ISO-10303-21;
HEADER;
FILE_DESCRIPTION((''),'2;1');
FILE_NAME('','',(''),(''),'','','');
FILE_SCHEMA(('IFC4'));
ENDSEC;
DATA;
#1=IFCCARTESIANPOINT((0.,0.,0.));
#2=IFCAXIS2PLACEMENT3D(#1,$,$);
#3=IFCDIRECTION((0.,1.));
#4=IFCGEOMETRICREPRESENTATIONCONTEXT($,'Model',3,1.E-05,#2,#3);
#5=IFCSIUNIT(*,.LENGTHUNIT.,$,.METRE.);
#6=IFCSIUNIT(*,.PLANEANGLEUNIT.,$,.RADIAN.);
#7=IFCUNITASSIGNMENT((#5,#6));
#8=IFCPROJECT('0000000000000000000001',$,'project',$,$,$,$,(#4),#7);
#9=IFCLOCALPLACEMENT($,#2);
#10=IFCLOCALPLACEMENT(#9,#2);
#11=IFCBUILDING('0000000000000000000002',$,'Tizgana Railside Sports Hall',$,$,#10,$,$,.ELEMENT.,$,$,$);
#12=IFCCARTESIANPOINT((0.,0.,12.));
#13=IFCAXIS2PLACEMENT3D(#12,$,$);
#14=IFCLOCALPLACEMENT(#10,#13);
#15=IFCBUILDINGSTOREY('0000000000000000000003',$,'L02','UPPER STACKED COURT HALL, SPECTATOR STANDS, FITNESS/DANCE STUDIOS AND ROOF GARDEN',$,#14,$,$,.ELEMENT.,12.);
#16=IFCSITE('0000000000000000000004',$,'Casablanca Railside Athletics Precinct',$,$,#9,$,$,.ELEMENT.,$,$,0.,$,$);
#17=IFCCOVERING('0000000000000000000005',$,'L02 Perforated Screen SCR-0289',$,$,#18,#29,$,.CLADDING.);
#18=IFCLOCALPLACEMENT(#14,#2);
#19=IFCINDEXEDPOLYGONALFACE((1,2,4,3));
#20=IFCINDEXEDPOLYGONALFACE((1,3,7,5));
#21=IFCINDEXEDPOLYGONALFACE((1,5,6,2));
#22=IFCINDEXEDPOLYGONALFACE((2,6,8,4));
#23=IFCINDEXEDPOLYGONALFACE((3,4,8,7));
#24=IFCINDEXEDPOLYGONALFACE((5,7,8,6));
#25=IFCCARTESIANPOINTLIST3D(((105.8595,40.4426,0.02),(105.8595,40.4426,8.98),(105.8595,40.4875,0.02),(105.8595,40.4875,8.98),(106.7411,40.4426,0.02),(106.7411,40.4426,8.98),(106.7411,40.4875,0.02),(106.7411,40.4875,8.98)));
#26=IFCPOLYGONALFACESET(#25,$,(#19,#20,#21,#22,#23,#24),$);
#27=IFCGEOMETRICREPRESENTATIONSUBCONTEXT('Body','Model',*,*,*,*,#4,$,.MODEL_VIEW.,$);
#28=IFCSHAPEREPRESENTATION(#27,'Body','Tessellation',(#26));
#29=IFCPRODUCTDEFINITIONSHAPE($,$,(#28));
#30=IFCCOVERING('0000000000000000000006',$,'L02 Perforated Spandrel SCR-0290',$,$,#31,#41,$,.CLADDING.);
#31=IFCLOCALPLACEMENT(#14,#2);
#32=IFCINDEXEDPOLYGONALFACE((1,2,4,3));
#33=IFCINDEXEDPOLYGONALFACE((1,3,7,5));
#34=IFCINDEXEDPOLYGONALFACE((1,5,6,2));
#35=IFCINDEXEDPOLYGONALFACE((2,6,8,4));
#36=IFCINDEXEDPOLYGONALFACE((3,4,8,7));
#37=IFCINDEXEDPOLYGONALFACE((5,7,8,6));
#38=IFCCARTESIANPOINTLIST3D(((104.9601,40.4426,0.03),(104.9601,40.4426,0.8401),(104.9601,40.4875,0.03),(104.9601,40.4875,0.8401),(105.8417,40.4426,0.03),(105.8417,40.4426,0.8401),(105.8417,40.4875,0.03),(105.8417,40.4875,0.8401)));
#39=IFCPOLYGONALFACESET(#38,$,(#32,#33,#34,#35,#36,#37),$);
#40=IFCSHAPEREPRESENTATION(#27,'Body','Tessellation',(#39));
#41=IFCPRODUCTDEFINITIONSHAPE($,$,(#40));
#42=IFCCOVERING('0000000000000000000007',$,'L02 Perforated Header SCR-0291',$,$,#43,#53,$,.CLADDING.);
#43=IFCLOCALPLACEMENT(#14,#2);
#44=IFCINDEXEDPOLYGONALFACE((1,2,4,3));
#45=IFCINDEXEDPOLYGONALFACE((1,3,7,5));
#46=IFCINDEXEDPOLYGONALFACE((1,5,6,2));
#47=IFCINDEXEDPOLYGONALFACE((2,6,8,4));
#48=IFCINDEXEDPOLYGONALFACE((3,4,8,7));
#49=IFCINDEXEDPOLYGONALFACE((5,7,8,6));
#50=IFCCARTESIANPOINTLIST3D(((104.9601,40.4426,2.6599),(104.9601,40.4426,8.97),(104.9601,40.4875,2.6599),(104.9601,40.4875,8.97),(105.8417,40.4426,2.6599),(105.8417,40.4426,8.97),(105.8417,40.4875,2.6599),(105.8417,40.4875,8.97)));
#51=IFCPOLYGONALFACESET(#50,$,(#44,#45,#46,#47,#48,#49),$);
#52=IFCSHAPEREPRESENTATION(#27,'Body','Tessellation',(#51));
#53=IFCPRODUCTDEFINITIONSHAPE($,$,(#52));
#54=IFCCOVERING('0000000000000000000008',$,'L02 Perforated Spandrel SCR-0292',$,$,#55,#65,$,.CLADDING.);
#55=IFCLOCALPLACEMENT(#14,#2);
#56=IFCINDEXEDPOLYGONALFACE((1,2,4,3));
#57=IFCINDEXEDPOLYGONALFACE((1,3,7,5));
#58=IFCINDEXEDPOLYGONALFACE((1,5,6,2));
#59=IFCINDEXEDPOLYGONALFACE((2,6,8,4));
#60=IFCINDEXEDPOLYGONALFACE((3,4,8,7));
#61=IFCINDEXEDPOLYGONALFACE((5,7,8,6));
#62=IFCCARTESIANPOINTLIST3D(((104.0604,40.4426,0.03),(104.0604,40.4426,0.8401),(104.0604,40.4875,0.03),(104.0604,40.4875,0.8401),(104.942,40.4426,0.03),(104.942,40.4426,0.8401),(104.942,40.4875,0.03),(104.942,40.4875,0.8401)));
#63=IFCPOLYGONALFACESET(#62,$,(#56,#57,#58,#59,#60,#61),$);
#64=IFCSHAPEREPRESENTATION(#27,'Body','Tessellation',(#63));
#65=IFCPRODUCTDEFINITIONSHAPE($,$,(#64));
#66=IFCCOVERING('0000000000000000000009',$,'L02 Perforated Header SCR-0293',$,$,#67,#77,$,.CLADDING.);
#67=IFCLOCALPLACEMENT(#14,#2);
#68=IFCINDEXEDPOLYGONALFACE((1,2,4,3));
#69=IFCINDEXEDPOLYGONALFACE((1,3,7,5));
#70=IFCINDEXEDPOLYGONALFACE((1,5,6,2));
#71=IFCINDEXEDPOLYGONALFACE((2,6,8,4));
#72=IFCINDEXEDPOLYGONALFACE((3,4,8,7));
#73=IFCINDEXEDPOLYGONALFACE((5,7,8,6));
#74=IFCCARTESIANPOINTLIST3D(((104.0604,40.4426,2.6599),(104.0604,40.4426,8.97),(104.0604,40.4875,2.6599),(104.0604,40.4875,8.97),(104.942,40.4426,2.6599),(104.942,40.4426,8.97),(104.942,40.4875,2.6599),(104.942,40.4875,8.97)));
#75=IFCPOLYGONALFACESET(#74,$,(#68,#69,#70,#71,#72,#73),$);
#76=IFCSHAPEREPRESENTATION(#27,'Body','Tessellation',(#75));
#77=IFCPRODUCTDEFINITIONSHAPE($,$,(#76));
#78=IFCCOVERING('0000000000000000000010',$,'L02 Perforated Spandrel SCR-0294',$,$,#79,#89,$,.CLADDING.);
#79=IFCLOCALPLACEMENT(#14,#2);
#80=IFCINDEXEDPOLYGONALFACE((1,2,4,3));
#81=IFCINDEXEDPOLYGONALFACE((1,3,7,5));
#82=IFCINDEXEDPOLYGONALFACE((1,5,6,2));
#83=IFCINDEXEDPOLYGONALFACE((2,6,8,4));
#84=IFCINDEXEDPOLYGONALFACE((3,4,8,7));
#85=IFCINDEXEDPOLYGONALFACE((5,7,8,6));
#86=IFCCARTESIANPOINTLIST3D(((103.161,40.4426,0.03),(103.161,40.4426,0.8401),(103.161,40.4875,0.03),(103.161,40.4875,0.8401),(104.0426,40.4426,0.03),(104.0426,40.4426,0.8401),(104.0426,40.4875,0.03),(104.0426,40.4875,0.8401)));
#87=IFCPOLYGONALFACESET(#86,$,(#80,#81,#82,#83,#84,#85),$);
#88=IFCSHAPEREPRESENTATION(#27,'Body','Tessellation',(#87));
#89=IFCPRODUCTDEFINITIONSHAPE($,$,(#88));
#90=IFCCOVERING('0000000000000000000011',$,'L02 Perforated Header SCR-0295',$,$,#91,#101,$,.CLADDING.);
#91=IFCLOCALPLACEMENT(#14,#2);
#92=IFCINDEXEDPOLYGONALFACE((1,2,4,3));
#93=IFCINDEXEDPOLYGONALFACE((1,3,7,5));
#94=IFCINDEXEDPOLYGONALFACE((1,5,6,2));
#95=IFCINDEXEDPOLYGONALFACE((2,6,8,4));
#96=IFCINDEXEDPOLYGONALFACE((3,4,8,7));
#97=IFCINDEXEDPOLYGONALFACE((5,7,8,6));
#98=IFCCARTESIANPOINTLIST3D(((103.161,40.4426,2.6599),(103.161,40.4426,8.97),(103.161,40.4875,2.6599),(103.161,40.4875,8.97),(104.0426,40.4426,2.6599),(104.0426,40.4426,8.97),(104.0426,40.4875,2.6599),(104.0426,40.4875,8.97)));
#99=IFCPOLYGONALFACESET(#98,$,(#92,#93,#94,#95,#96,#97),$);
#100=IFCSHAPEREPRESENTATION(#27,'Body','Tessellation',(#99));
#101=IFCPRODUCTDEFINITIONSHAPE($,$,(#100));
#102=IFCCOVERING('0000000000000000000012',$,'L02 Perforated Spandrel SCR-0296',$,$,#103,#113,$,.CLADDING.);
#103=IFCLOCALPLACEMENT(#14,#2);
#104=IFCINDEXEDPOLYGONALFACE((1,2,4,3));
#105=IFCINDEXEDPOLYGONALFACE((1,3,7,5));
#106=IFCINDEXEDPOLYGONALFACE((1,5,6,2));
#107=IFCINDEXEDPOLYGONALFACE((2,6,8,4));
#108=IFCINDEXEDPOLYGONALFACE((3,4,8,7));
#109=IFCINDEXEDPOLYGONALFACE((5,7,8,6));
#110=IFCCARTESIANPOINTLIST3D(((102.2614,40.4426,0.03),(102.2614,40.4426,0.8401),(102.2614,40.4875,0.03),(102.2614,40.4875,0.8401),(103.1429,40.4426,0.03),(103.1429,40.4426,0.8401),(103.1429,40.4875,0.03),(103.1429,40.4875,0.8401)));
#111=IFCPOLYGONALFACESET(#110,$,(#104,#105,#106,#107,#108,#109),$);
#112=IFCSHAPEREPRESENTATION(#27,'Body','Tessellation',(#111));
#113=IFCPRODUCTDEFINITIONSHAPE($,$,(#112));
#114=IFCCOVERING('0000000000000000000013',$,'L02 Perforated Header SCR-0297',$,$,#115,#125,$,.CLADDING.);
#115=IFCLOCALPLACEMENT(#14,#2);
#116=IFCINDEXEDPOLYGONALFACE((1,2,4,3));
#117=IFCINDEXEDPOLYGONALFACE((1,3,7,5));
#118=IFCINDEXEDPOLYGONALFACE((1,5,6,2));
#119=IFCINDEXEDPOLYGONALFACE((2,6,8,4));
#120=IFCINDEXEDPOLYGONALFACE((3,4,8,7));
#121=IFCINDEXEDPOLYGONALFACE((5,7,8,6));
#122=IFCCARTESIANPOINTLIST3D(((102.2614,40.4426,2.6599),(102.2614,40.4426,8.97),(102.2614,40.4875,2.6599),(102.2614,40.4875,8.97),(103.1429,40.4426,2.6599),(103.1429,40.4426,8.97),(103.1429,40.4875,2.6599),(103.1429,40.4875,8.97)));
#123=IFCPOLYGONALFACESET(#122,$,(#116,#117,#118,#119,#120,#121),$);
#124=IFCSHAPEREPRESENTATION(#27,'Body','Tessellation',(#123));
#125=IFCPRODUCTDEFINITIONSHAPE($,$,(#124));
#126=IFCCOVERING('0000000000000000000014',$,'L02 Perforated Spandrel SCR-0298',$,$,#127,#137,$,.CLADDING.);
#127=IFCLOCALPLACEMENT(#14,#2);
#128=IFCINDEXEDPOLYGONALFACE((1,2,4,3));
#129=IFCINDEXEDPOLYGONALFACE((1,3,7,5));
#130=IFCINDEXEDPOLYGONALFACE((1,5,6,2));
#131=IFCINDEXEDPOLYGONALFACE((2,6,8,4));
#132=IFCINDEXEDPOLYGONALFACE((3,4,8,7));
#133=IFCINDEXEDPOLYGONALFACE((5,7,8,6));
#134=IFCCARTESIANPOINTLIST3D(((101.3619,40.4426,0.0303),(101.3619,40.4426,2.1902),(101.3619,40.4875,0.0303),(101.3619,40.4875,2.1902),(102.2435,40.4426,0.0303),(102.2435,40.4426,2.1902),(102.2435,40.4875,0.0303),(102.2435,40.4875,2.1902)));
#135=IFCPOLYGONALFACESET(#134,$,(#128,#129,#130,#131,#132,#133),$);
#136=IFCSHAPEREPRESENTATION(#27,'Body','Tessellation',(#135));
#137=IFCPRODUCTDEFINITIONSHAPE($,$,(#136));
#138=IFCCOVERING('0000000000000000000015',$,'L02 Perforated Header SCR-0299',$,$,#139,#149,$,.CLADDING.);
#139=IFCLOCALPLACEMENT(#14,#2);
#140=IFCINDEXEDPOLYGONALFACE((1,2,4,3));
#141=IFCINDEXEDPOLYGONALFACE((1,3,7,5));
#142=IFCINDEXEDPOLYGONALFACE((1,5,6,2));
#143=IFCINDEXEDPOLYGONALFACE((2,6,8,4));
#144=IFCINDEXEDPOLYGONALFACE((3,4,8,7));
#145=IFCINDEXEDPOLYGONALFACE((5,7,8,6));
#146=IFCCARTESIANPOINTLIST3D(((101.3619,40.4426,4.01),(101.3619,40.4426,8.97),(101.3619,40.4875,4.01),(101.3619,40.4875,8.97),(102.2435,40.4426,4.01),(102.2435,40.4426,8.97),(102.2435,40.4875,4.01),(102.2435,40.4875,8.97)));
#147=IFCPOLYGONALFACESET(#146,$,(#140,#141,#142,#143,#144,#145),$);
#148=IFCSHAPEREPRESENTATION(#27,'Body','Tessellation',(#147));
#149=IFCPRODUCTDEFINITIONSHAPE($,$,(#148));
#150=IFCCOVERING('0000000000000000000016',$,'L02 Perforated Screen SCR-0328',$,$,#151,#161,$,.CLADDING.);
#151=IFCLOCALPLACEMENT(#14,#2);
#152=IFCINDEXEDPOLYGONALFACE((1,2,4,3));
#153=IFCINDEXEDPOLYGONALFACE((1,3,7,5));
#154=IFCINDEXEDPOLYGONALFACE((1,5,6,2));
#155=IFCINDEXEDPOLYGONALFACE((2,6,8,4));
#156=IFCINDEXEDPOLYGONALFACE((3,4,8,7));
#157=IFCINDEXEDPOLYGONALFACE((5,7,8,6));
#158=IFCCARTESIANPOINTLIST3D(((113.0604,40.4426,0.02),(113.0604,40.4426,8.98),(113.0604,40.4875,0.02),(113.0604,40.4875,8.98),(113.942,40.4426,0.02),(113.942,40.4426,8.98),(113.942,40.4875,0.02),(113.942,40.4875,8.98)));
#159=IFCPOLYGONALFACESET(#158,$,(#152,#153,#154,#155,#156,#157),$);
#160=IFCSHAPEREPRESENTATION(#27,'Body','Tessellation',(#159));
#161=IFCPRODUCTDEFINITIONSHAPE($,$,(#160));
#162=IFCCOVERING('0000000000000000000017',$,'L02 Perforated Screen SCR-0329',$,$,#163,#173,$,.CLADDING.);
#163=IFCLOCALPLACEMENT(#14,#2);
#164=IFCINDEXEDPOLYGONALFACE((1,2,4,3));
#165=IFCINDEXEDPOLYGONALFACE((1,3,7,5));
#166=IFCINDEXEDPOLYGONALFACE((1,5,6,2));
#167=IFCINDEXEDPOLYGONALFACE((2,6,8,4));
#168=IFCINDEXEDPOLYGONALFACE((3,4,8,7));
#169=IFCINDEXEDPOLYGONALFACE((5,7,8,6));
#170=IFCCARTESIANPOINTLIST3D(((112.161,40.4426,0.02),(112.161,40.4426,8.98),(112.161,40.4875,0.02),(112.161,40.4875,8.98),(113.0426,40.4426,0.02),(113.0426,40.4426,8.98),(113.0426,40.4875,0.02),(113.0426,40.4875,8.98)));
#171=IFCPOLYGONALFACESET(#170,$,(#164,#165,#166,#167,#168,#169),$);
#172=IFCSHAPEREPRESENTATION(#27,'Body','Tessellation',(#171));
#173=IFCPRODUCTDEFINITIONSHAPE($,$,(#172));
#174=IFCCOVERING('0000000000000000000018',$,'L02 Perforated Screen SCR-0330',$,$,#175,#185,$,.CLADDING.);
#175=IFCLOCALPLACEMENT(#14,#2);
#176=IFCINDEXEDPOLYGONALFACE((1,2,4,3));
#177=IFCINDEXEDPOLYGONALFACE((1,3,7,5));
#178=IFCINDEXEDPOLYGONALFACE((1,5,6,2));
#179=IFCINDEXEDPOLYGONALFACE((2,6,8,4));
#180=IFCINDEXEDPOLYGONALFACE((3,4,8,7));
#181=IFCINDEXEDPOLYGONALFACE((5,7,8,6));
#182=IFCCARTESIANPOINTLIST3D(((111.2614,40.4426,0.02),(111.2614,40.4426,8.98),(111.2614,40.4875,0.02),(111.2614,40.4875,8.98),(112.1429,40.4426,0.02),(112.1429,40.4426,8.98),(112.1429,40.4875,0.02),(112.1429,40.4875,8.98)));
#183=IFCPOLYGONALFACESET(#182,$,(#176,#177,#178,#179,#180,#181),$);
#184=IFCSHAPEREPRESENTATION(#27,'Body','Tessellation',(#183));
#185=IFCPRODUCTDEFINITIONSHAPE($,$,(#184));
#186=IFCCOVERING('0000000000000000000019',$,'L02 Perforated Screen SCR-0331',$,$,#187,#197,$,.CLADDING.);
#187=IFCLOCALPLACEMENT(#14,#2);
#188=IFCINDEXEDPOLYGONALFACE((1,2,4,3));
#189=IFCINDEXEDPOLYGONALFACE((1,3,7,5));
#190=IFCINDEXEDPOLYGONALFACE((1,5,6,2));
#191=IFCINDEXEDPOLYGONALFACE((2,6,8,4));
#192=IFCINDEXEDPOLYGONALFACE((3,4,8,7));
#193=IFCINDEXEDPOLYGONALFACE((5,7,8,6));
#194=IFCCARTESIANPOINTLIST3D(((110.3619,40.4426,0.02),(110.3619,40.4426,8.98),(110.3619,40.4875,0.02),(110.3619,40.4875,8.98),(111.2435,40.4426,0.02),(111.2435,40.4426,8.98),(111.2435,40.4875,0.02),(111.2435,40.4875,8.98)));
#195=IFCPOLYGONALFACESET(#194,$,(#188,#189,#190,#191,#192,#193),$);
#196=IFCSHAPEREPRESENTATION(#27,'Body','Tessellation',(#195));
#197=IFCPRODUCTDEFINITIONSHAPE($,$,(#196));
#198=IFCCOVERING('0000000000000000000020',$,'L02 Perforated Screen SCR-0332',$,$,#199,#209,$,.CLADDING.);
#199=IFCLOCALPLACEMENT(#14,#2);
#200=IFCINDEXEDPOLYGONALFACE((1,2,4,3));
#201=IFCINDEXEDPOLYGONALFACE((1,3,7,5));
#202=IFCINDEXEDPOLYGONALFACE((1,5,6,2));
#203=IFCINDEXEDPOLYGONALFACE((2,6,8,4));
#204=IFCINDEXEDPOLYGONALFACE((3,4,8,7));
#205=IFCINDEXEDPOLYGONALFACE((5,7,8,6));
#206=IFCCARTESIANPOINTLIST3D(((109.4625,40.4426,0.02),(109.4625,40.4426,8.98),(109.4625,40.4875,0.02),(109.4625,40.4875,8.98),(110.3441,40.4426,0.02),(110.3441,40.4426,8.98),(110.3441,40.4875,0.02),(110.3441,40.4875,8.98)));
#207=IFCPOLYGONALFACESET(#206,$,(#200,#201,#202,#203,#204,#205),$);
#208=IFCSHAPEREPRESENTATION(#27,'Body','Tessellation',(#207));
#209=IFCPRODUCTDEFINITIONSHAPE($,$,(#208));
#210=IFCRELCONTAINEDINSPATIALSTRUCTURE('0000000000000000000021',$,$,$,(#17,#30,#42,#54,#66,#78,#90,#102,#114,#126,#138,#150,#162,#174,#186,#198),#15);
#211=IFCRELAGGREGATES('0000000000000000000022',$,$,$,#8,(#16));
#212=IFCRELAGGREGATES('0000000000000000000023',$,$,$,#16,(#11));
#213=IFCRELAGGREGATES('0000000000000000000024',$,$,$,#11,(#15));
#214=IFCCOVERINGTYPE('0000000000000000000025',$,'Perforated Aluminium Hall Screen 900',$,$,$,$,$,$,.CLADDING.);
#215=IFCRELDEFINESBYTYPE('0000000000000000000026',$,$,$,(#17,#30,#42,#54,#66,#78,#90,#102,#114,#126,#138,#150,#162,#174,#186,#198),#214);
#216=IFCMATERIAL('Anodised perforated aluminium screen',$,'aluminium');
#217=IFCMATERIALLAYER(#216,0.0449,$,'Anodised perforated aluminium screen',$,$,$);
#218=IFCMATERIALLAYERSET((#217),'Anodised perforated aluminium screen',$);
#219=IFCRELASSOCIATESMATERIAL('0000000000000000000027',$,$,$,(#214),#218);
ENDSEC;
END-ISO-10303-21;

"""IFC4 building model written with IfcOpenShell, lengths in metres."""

from ifc_helpers import new_model, si_unit, direction, frame, origin, origin_2d, place, context, subcontext, project, spatial, rectangle, extrude, material, layer, layer_set, type_object, element, save


model = new_model("IFC4")

# Units and contexts
model_context = context("Model", 3, precision=1e-05, world=origin(), true_north=direction((0.0, 1.0)))
body_context = subcontext(model_context, "Body", "Model", "MODEL_VIEW")
ifc_project = project(units=[si_unit("LENGTHUNIT", "METRE"), si_unit("PLANEANGLEUNIT", "RADIAN")], contexts=[model_context])

# Site, building, storey
site_placement = place(None, origin())
site = spatial("IfcSite", under=ifc_project, at=site_placement, Name="Casablanca Railside Athletics Precinct", CompositionType="ELEMENT", RefElevation=0.0)
building_placement = place(site_placement, origin())
building = spatial("IfcBuilding", under=site, at=building_placement, Name="Tizgana Railside Sports Hall", CompositionType="ELEMENT")
storey_placement = place(building_placement, frame((0.0, 0.0, 12.0)))
storey = spatial("IfcBuildingStorey", under=building, at=storey_placement, Name="L02", Description="UPPER STACKED COURT HALL, SPECTATOR STANDS, FITNESS/DANCE STUDIOS AND ROOF GARDEN", CompositionType="ELEMENT", Elevation=12.0)

# Coverings
ifc_material_1 = material(Name="Anodised perforated aluminium screen", Category="aluminium")
ifc_layer = layer(ifc_material_1, 0.0449, Name="Anodised perforated aluminium screen")
ifc_layer_set = layer_set([ifc_layer], Name="Anodised perforated aluminium screen")
covering_type = type_object("IfcCoveringType", Name="Perforated Aluminium Hall Screen 900", PredefinedType="CLADDING", material=ifc_layer_set)
covering_1_placement = place(storey_placement, frame((106.3003, 40.4651, 0.02), z_axis=(0.0, 0.0, 1.0), x_axis=(-1.0, 0.0, 0.0)))
element("IfcCovering", 1, at=covering_1_placement, inside=storey, type_object=covering_type, Name="L02 Perforated Screen SCR-0289", PredefinedType="CLADDING", context=body_context, shape_type="SweptSolid", body=[
    extrude(rectangle(XDim=0.8816, YDim=0.0449, at=origin_2d()), origin(), (0.0, 0.0, 1.0), 8.96),
])
covering_2_placement = place(storey_placement, frame((105.4009, 40.4651, 0.03), z_axis=(0.0, 0.0, 1.0), x_axis=(-1.0, 0.0, 0.0)))
element("IfcCovering", 2, at=covering_2_placement, inside=storey, type_object=covering_type, Name="L02 Perforated Spandrel SCR-0290", PredefinedType="CLADDING", context=body_context, shape_type="SweptSolid", body=[
    extrude(rectangle(XDim=0.8816, YDim=0.0449, at=origin_2d()), origin(), (0.0, 0.0, 1.0), 0.8101),
])
covering_3_placement = place(storey_placement, frame((105.4009, 40.4651, 2.6599), z_axis=(0.0, 0.0, 1.0), x_axis=(-1.0, 0.0, 0.0)))
element("IfcCovering", 3, at=covering_3_placement, inside=storey, type_object=covering_type, Name="L02 Perforated Header SCR-0291", PredefinedType="CLADDING", context=body_context, shape_type="SweptSolid", body=[
    extrude(rectangle(XDim=0.8816, YDim=0.0449, at=origin_2d()), origin(), (0.0, 0.0, 1.0), 6.3101),
])
covering_4_placement = place(storey_placement, frame((104.5012, 40.4651, 0.03), z_axis=(0.0, 0.0, 1.0), x_axis=(-1.0, 0.0, 0.0)))
element("IfcCovering", 4, at=covering_4_placement, inside=storey, type_object=covering_type, Name="L02 Perforated Spandrel SCR-0292", PredefinedType="CLADDING", context=body_context, shape_type="SweptSolid", body=[
    extrude(rectangle(XDim=0.8816, YDim=0.0449, at=origin_2d()), origin(), (0.0, 0.0, 1.0), 0.8101),
])
covering_5_placement = place(storey_placement, frame((104.5012, 40.4651, 2.6599), z_axis=(0.0, 0.0, 1.0), x_axis=(-1.0, 0.0, 0.0)))
element("IfcCovering", 5, at=covering_5_placement, inside=storey, type_object=covering_type, Name="L02 Perforated Header SCR-0293", PredefinedType="CLADDING", context=body_context, shape_type="SweptSolid", body=[
    extrude(rectangle(XDim=0.8816, YDim=0.0449, at=origin_2d()), origin(), (0.0, 0.0, 1.0), 6.3101),
])
covering_6_placement = place(storey_placement, frame((103.6018, 40.4651, 0.03), z_axis=(0.0, 0.0, 1.0), x_axis=(-1.0, 0.0, 0.0)))
element("IfcCovering", 6, at=covering_6_placement, inside=storey, type_object=covering_type, Name="L02 Perforated Spandrel SCR-0294", PredefinedType="CLADDING", context=body_context, shape_type="SweptSolid", body=[
    extrude(rectangle(XDim=0.8816, YDim=0.0449, at=origin_2d()), origin(), (0.0, 0.0, 1.0), 0.8101),
])
covering_7_placement = place(storey_placement, frame((103.6018, 40.4651, 2.6599), z_axis=(0.0, 0.0, 1.0), x_axis=(-1.0, 0.0, 0.0)))
element("IfcCovering", 7, at=covering_7_placement, inside=storey, type_object=covering_type, Name="L02 Perforated Header SCR-0295", PredefinedType="CLADDING", context=body_context, shape_type="SweptSolid", body=[
    extrude(rectangle(XDim=0.8816, YDim=0.0449, at=origin_2d()), origin(), (0.0, 0.0, 1.0), 6.3101),
])
covering_8_placement = place(storey_placement, frame((102.7021, 40.4651, 0.03), z_axis=(0.0, 0.0, 1.0), x_axis=(-1.0, 0.0, 0.0)))
element("IfcCovering", 8, at=covering_8_placement, inside=storey, type_object=covering_type, Name="L02 Perforated Spandrel SCR-0296", PredefinedType="CLADDING", context=body_context, shape_type="SweptSolid", body=[
    extrude(rectangle(XDim=0.8816, YDim=0.0449, at=origin_2d()), origin(), (0.0, 0.0, 1.0), 0.8101),
])
covering_9_placement = place(storey_placement, frame((102.7021, 40.4651, 2.6599), z_axis=(0.0, 0.0, 1.0), x_axis=(-1.0, 0.0, 0.0)))
element("IfcCovering", 9, at=covering_9_placement, inside=storey, type_object=covering_type, Name="L02 Perforated Header SCR-0297", PredefinedType="CLADDING", context=body_context, shape_type="SweptSolid", body=[
    extrude(rectangle(XDim=0.8816, YDim=0.0449, at=origin_2d()), origin(), (0.0, 0.0, 1.0), 6.3101),
])
covering_10_placement = place(storey_placement, frame((101.8027, 40.4651, 0.0303), z_axis=(0.0, 0.0, 1.0), x_axis=(-1.0, 0.0, 0.0)))
element("IfcCovering", 10, at=covering_10_placement, inside=storey, type_object=covering_type, Name="L02 Perforated Spandrel SCR-0298", PredefinedType="CLADDING", context=body_context, shape_type="SweptSolid", body=[
    extrude(rectangle(XDim=0.8816, YDim=0.0449, at=origin_2d()), origin(), (0.0, 0.0, 1.0), 2.1599),
])
covering_11_placement = place(storey_placement, frame((101.8027, 40.4651, 4.01), z_axis=(0.0, 0.0, 1.0), x_axis=(-1.0, 0.0, 0.0)))
element("IfcCovering", 11, at=covering_11_placement, inside=storey, type_object=covering_type, Name="L02 Perforated Header SCR-0299", PredefinedType="CLADDING", context=body_context, shape_type="SweptSolid", body=[
    extrude(rectangle(XDim=0.8816, YDim=0.0449, at=origin_2d()), origin(), (0.0, 0.0, 1.0), 4.96),
])
for number, where, z_axis, x_axis, name in (
    (12, (113.5012, 40.4651, 0.02), (0.0, 0.0, 1.0), (-1.0, 0.0, 0.0), "L02 Perforated Screen SCR-0328"),
    (13, (112.6018, 40.4651, 0.02), (0.0, 0.0, 1.0), (-1.0, 0.0, 0.0), "L02 Perforated Screen SCR-0329"),
    (14, (111.7021, 40.4651, 0.02), (0.0, 0.0, 1.0), (-1.0, 0.0, 0.0), "L02 Perforated Screen SCR-0330"),
    (15, (110.8027, 40.4651, 0.02), (0.0, 0.0, 1.0), (-1.0, 0.0, 0.0), "L02 Perforated Screen SCR-0331"),
    (16, (109.9033, 40.4651, 0.02), (0.0, 0.0, 1.0), (-1.0, 0.0, 0.0), "L02 Perforated Screen SCR-0332"),
):
    element("IfcCovering", number, at=place(storey_placement, frame(where, z_axis=z_axis, x_axis=x_axis)), inside=storey, type_object=covering_type, Name=name, PredefinedType="CLADDING", context=body_context, shape_type="SweptSolid", body=[
        extrude(rectangle(XDim=0.8816, YDim=0.0449, at=origin_2d()), origin(), (0.0, 0.0, 1.0), 8.96),
    ])

save(model, "model.ifc")
